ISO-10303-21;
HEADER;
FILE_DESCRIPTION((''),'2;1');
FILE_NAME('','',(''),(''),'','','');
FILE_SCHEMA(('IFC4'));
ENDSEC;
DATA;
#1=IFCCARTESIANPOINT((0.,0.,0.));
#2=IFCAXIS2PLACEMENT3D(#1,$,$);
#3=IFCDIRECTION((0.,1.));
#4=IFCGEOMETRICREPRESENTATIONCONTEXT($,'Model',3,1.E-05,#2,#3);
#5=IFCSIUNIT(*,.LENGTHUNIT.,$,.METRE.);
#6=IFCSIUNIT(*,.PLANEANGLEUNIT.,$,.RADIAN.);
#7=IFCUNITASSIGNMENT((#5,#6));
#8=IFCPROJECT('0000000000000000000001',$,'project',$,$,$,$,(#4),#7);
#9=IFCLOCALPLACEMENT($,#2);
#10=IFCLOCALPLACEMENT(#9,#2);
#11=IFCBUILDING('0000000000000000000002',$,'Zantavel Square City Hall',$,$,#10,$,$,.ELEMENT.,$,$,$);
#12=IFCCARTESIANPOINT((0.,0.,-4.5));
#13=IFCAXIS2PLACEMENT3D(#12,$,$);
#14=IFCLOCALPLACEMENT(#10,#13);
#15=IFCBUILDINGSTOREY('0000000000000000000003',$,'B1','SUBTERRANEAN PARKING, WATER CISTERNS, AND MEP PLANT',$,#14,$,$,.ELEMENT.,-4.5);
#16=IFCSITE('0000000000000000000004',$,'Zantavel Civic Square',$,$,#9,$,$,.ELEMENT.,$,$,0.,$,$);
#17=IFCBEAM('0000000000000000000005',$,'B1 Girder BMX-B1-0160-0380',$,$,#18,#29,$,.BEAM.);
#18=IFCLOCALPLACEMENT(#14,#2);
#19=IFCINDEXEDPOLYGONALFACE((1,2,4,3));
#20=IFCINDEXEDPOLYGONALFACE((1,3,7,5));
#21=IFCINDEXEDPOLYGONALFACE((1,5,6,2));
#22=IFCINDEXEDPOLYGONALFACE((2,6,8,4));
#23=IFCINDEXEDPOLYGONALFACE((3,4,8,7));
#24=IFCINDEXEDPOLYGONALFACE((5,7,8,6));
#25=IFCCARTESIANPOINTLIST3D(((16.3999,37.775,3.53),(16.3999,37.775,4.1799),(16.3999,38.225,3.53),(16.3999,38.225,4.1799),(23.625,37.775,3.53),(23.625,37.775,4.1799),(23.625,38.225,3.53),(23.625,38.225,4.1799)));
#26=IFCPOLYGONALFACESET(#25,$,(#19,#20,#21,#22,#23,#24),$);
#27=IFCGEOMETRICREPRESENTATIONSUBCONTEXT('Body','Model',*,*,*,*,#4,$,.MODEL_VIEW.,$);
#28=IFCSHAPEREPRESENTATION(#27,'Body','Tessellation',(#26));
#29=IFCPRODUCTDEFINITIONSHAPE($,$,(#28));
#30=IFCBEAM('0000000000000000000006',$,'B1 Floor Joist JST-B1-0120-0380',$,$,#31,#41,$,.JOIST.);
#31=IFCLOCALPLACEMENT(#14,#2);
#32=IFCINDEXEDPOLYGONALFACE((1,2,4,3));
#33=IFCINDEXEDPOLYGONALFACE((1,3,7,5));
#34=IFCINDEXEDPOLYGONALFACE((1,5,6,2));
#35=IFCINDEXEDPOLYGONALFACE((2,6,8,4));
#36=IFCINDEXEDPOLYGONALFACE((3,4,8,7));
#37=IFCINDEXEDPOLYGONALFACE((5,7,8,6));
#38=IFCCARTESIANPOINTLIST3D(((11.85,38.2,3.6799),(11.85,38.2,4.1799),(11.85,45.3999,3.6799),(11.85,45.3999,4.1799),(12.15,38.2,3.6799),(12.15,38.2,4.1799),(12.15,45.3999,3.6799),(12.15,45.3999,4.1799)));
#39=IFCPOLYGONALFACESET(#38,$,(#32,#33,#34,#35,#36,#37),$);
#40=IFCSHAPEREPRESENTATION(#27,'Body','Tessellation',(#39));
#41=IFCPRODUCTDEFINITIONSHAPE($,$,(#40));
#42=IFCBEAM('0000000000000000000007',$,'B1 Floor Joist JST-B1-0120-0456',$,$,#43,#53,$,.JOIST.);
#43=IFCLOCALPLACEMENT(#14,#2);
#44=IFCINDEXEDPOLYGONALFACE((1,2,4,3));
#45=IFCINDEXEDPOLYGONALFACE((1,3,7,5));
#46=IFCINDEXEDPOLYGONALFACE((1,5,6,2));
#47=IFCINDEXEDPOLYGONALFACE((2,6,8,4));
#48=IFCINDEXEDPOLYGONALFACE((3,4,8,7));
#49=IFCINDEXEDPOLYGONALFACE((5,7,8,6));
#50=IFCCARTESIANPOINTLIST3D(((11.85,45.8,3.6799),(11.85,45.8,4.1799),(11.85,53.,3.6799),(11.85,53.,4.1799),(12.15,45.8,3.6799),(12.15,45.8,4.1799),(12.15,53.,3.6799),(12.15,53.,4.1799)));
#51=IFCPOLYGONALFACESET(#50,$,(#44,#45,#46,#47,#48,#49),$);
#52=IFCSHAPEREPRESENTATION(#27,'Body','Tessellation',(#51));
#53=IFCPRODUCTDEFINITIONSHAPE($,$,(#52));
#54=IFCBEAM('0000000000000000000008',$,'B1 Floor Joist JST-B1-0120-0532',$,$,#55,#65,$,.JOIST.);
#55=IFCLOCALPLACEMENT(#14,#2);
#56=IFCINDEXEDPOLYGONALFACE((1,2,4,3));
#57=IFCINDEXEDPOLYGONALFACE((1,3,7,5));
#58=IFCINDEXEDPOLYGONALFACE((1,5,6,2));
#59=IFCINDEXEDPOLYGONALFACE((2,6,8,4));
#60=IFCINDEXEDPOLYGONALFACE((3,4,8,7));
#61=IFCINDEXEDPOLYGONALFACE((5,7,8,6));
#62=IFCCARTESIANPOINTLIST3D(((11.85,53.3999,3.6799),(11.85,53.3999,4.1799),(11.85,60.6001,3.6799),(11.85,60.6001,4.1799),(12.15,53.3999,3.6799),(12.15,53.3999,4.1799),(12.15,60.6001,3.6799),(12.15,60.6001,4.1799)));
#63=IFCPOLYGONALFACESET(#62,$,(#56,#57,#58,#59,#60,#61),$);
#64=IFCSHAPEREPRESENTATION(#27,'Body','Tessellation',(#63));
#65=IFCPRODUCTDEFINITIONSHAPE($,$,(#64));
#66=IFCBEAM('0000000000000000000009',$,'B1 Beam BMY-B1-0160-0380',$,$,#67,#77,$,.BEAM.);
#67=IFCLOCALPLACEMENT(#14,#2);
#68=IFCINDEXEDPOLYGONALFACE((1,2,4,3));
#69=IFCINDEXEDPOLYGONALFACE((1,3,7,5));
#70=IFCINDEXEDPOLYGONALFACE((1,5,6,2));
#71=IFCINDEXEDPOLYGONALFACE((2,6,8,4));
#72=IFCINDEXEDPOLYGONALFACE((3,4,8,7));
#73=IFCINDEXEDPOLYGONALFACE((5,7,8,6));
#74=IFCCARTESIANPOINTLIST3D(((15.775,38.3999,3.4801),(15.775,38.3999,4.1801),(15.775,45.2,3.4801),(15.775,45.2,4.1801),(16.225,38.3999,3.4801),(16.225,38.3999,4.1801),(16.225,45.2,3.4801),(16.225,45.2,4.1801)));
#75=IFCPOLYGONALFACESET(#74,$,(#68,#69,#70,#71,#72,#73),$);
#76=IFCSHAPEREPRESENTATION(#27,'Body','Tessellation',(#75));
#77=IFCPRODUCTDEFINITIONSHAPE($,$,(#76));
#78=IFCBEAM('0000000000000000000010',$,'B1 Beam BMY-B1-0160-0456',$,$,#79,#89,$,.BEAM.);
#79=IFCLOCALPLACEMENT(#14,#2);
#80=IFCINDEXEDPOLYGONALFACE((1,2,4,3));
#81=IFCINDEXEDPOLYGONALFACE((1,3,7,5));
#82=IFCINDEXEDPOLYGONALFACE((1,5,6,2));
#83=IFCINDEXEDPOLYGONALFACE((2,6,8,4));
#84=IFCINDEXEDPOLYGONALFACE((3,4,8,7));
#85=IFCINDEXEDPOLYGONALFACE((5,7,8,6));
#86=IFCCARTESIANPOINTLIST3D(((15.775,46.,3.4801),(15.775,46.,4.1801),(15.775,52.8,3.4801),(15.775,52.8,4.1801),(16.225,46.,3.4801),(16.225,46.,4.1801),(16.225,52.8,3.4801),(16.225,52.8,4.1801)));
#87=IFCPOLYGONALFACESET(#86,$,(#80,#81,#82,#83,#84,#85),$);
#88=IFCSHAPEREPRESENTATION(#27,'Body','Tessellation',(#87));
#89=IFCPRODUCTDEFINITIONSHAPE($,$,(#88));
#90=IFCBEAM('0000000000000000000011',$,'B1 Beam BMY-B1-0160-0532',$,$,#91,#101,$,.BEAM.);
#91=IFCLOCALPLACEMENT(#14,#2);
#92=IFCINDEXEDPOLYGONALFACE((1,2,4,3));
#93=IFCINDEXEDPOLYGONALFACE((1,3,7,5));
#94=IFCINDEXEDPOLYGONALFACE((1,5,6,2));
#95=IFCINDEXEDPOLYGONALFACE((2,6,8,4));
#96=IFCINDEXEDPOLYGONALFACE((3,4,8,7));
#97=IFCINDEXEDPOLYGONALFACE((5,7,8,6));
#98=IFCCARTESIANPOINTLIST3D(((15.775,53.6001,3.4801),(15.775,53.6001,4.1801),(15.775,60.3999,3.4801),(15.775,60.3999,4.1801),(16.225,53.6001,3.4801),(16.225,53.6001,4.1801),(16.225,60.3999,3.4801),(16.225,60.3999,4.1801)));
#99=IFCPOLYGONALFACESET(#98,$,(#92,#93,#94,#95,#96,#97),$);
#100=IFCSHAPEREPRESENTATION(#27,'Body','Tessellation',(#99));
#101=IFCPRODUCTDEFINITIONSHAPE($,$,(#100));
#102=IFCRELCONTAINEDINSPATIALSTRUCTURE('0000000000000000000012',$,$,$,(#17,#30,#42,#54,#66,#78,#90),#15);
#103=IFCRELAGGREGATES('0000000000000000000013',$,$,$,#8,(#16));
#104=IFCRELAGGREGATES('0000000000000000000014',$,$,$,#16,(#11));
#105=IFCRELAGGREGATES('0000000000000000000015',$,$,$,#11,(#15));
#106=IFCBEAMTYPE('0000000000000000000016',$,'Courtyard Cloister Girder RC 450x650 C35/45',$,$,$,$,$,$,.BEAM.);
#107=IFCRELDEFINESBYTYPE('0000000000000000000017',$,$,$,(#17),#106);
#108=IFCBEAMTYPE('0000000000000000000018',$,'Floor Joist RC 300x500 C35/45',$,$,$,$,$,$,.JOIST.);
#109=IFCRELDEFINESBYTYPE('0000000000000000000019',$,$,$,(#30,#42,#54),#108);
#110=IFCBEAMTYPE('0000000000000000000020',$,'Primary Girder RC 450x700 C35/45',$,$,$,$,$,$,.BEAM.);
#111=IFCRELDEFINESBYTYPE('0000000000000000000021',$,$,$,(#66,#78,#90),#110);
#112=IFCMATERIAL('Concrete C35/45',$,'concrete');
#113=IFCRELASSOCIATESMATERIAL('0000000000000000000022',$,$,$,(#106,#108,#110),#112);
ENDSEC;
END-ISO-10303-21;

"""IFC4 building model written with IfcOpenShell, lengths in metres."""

from ifc_helpers import new_model, si_unit, direction, frame, origin, origin_2d, place, context, subcontext, project, spatial, rectangle, extrude, material, material_profile, profile_set, type_object, element, save


model = new_model("IFC4")

# Units and contexts
model_context = context("Model", 3, precision=1e-05, world=origin(), true_north=direction((0.0, 1.0)))
body_context = subcontext(model_context, "Body", "Model", "MODEL_VIEW")
ifc_project = project(units=[si_unit("LENGTHUNIT", "METRE"), si_unit("PLANEANGLEUNIT", "RADIAN")], contexts=[model_context])

# Site, building, storey
site_placement = place(None, origin())
site = spatial("IfcSite", under=ifc_project, at=site_placement, Name="Zantavel Civic Square", CompositionType="ELEMENT", RefElevation=0.0)
building_placement = place(site_placement, origin())
building = spatial("IfcBuilding", under=site, at=building_placement, Name="Zantavel Square City Hall", CompositionType="ELEMENT")
storey_placement = place(building_placement, frame((0.0, 0.0, -4.5)))
storey = spatial("IfcBuildingStorey", under=building, at=storey_placement, Name="B1", Description="SUBTERRANEAN PARKING, WATER CISTERNS, AND MEP PLANT", CompositionType="ELEMENT", Elevation=-4.5)

# Shared definitions
ifc_material_1 = material(Name="Concrete C35/45", Category="concrete")

# Beams
ifc_material_profile_1 = material_profile(ifc_material_1, rectangle(XDim=0.45, YDim=0.6499, at=origin_2d()), Name="RC 450x650")
ifc_profile_set_1 = profile_set([ifc_material_profile_1], Name="Concrete C35/45")
beam_type_1 = type_object("IfcBeamType", Name="Courtyard Cloister Girder RC 450x650 C35/45", PredefinedType="BEAM", material=ifc_profile_set_1)
beam_1_placement = place(storey_placement, frame((16.3999, 38.0, 3.855), z_axis=(1.0, 0.0, 0.0), x_axis=(0.0, 1.0, 0.0)))
element("IfcBeam", 1, at=beam_1_placement, inside=storey, type_object=beam_type_1, Name="B1 Girder BMX-B1-0160-0380", PredefinedType="BEAM", context=body_context, shape_type="SweptSolid", body=[
    extrude(rectangle(XDim=0.45, YDim=0.6499, at=origin_2d()), origin(), (0.0, 0.0, 1.0), 7.2251),
])
ifc_material_profile_2 = material_profile(ifc_material_1, rectangle(XDim=0.3, YDim=0.5, at=origin_2d()), Name="RC 300x500")
ifc_profile_set_2 = profile_set([ifc_material_profile_2], Name="Concrete C35/45")
beam_type_2 = type_object("IfcBeamType", Name="Floor Joist RC 300x500 C35/45", PredefinedType="JOIST", material=ifc_profile_set_2)
for number, where, z_axis, x_axis, name in (
    (2, (12.0, 38.2, 3.9299), (0.0, 1.0, 0.0), (-1.0, 0.0, 0.0), "B1 Floor Joist JST-B1-0120-0380"),
    (3, (12.0, 45.8, 3.9299), (0.0, 1.0, 0.0), (-1.0, 0.0, 0.0), "B1 Floor Joist JST-B1-0120-0456"),
):
    element("IfcBeam", number, at=place(storey_placement, frame(where, z_axis=z_axis, x_axis=x_axis)), inside=storey, type_object=beam_type_2, Name=name, PredefinedType="JOIST", context=body_context, shape_type="SweptSolid", body=[
        extrude(rectangle(XDim=0.3, YDim=0.5, at=origin_2d()), origin(), (0.0, 0.0, 1.0), 7.2),
    ])
beam_2_placement = place(storey_placement, frame((12.0, 53.3999, 3.9299), z_axis=(0.0, 1.0, 0.0), x_axis=(-1.0, 0.0, 0.0)))
element("IfcBeam", 4, at=beam_2_placement, inside=storey, type_object=beam_type_2, Name="B1 Floor Joist JST-B1-0120-0532", PredefinedType="JOIST", context=body_context, shape_type="SweptSolid", body=[
    extrude(rectangle(XDim=0.3, YDim=0.5, at=origin_2d()), origin(), (0.0, 0.0, 1.0), 7.2002),
])
ifc_material_profile_3 = material_profile(ifc_material_1, rectangle(XDim=0.45, YDim=0.7, at=origin_2d()), Name="RC 450x700")
ifc_profile_set_3 = profile_set([ifc_material_profile_3], Name="Concrete C35/45")
beam_type_3 = type_object("IfcBeamType", Name="Primary Girder RC 450x700 C35/45", PredefinedType="BEAM", material=ifc_profile_set_3)
for number, where, z_axis, x_axis, name in (
    (5, (16.0, 38.3999, 3.8301), (0.0, 1.0, 0.0), (-1.0, 0.0, 0.0), "B1 Beam BMY-B1-0160-0380"),
    (6, (16.0, 46.0, 3.8301), (0.0, 1.0, 0.0), (-1.0, 0.0, 0.0), "B1 Beam BMY-B1-0160-0456"),
):
    element("IfcBeam", number, at=place(storey_placement, frame(where, z_axis=z_axis, x_axis=x_axis)), inside=storey, type_object=beam_type_3, Name=name, PredefinedType="BEAM", context=body_context, shape_type="SweptSolid", body=[
        extrude(rectangle(XDim=0.45, YDim=0.7, at=origin_2d()), origin(), (0.0, 0.0, 1.0), 6.8),
    ])
beam_3_placement = place(storey_placement, frame((16.0, 53.6001, 3.8301), z_axis=(0.0, 1.0, 0.0), x_axis=(-1.0, 0.0, 0.0)))
element("IfcBeam", 7, at=beam_3_placement, inside=storey, type_object=beam_type_3, Name="B1 Beam BMY-B1-0160-0532", PredefinedType="BEAM", context=body_context, shape_type="SweptSolid", body=[
    extrude(rectangle(XDim=0.45, YDim=0.7, at=origin_2d()), origin(), (0.0, 0.0, 1.0), 6.7998),
])

save(model, "model.ifc")
